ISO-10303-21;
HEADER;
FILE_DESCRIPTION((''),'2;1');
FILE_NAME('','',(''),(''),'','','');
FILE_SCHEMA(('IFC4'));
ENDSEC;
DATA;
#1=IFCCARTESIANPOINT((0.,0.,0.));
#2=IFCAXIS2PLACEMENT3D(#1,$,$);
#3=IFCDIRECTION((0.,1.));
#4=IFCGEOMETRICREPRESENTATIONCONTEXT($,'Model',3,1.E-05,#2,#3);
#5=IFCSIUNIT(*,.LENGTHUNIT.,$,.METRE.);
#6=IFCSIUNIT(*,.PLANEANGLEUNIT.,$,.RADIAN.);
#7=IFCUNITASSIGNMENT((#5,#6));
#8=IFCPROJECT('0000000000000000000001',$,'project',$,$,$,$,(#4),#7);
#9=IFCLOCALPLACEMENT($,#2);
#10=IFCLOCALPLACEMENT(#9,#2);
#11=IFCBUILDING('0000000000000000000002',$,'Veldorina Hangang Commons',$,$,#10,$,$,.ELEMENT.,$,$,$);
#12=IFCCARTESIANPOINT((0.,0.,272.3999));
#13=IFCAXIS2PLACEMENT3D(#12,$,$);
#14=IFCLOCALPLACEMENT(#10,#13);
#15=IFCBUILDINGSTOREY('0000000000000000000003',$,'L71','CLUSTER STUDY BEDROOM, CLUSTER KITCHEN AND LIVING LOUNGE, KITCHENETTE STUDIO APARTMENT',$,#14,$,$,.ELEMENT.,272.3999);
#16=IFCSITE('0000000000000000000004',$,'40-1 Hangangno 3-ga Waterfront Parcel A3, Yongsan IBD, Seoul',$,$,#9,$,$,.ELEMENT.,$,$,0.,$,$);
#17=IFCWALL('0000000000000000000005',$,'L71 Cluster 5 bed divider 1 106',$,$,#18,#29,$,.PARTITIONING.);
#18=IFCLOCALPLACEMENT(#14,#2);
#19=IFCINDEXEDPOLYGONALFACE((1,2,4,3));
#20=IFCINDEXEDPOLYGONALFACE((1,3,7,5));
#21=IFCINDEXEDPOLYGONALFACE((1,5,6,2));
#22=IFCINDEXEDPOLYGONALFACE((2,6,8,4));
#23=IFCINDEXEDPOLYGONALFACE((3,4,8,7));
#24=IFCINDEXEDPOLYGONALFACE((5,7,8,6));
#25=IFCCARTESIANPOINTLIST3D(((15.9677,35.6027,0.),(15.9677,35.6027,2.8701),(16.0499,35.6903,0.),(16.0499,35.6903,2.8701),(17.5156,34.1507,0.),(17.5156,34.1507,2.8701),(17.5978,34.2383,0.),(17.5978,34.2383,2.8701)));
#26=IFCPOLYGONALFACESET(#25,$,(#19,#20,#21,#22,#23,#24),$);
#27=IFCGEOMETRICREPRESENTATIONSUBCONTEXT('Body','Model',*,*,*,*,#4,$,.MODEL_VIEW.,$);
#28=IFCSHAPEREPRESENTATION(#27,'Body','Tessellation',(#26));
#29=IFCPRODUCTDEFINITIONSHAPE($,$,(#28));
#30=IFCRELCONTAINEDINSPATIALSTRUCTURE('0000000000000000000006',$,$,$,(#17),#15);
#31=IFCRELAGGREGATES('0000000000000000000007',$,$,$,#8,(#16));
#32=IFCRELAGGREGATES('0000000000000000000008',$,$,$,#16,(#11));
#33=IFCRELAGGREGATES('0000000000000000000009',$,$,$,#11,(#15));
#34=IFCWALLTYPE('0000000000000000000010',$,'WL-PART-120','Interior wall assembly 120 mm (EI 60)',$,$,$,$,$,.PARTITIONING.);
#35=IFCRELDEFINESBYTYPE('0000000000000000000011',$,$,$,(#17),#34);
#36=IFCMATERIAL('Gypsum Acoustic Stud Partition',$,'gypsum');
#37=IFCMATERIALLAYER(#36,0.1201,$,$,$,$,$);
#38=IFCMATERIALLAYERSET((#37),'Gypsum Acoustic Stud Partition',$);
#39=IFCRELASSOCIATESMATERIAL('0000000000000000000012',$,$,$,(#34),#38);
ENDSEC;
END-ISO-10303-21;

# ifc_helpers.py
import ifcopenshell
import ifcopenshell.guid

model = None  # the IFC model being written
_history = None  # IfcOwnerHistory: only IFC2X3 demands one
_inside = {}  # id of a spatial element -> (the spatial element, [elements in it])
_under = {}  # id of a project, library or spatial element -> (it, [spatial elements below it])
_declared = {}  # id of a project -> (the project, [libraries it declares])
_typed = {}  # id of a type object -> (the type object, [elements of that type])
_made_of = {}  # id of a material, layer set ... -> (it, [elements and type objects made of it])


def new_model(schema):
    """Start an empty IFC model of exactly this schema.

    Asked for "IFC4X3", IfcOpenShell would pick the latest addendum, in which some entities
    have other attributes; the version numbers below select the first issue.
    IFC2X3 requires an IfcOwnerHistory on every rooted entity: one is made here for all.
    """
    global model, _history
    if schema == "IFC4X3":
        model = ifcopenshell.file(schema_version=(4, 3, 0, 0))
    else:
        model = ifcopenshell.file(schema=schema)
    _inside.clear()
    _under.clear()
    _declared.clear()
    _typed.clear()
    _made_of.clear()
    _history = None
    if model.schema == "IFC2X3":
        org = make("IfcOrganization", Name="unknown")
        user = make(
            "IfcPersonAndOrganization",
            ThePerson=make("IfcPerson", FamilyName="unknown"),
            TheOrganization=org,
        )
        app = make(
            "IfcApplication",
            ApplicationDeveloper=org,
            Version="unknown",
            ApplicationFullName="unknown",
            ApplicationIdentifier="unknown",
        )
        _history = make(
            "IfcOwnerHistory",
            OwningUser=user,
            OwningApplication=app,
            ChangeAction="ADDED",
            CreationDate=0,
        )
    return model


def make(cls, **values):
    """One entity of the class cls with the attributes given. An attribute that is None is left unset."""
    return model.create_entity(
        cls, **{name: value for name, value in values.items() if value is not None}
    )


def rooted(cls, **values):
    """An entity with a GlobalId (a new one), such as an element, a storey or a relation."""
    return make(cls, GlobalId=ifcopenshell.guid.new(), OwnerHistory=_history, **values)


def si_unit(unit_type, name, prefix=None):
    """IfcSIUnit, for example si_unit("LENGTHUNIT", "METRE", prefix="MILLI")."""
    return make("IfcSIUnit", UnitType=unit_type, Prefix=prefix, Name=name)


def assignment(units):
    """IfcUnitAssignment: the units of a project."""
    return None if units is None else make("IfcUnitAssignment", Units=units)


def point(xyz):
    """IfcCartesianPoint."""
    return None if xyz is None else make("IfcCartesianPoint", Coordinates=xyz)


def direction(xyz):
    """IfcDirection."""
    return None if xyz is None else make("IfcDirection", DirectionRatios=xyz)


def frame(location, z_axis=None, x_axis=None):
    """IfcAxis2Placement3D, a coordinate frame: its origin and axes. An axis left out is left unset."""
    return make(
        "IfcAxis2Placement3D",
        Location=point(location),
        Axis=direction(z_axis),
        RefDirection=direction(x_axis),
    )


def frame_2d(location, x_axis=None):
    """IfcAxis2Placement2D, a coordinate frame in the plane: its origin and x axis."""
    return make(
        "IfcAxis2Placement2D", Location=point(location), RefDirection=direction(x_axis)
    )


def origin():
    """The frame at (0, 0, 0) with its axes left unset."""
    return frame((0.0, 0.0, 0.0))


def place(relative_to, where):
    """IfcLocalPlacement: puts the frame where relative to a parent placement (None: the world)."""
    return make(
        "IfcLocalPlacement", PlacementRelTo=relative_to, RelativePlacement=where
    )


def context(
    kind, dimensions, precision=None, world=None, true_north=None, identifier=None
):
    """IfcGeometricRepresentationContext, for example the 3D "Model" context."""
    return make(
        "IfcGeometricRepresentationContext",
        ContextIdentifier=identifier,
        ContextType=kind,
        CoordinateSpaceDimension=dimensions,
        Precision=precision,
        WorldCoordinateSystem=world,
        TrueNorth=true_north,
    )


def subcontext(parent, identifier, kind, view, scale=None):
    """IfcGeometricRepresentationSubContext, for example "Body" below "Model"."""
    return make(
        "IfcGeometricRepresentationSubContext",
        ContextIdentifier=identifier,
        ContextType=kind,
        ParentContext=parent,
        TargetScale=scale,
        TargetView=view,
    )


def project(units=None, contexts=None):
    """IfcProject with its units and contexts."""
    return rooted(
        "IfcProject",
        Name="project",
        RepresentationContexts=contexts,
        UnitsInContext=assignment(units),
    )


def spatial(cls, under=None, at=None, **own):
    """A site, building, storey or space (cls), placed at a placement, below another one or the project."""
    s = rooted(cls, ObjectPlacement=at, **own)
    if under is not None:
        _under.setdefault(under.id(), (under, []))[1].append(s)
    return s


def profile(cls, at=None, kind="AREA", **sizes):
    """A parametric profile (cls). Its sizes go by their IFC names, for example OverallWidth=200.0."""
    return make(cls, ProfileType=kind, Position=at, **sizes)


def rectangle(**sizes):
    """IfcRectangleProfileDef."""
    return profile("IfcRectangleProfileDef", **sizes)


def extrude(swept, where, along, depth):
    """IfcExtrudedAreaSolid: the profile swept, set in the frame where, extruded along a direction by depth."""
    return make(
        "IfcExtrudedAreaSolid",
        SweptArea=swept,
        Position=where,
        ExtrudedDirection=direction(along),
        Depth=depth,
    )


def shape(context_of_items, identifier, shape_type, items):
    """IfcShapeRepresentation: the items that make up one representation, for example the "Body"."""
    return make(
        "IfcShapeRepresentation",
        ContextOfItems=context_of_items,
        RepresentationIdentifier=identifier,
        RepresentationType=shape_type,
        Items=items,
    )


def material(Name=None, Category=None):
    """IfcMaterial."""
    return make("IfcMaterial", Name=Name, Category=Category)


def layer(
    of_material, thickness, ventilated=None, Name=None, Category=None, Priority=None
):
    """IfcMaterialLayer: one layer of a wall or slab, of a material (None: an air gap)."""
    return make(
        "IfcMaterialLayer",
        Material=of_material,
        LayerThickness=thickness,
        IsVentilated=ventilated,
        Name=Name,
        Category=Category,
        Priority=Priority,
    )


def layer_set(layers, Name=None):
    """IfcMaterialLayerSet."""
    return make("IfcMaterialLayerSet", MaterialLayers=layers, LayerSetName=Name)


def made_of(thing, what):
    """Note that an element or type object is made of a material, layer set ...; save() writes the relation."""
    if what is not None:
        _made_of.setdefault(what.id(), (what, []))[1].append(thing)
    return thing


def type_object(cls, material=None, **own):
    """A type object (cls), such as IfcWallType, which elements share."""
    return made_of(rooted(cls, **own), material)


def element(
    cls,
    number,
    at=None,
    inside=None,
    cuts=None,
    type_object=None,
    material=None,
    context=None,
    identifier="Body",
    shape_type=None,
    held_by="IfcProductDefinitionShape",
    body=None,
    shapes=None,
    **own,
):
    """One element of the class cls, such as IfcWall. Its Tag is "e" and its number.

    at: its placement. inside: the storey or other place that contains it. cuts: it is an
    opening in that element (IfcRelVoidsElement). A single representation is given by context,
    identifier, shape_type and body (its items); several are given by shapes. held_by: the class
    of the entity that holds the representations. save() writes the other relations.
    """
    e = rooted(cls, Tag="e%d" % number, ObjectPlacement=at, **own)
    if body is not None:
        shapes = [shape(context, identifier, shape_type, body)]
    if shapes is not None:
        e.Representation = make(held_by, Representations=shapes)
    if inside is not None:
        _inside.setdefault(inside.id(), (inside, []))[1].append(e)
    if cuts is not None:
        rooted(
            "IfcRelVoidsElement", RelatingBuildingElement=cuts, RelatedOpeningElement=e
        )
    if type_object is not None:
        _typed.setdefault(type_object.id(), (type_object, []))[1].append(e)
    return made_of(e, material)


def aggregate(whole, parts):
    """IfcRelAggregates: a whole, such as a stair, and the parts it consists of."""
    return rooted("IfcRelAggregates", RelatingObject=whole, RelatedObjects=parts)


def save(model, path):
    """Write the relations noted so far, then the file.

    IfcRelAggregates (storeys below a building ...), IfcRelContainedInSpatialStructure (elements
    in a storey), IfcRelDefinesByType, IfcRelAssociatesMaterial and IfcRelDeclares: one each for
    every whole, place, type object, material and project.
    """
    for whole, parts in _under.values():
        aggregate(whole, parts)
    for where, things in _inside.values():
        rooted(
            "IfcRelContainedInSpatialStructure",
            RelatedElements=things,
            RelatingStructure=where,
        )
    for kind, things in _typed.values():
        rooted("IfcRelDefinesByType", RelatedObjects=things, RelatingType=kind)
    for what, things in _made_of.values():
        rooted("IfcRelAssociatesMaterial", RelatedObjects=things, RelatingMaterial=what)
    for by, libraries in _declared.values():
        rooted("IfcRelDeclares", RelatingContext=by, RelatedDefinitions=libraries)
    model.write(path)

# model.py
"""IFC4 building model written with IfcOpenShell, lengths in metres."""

from ifc_helpers import new_model, si_unit, direction, frame, frame_2d, origin, place, context, subcontext, project, spatial, rectangle, extrude, material, layer, layer_set, type_object, element, save


model = new_model("IFC4")

# Units and contexts
model_context = context("Model", 3, precision=1e-05, world=origin(), true_north=direction((0.0, 1.0)))
body_context = subcontext(model_context, "Body", "Model", "MODEL_VIEW")
ifc_project = project(units=[si_unit("LENGTHUNIT", "METRE"), si_unit("PLANEANGLEUNIT", "RADIAN")], contexts=[model_context])

# Site, building, storey
site_placement = place(None, origin())
site = spatial("IfcSite", under=ifc_project, at=site_placement, Name="40-1 Hangangno 3-ga Waterfront Parcel A3, Yongsan IBD, Seoul", CompositionType="ELEMENT", RefElevation=0.0)
building_placement = place(site_placement, origin())
building = spatial("IfcBuilding", under=site, at=building_placement, Name="Veldorina Hangang Commons", CompositionType="ELEMENT")
storey_placement = place(building_placement, frame((0.0, 0.0, 272.3999)))
storey = spatial("IfcBuildingStorey", under=building, at=storey_placement, Name="L71", Description="CLUSTER STUDY BEDROOM, CLUSTER KITCHEN AND LIVING LOUNGE, KITCHENETTE STUDIO APARTMENT", CompositionType="ELEMENT", Elevation=272.3999)

# Shared definitions
ifc_material_1 = material(Name="Gypsum Acoustic Stud Partition", Category="gypsum")
ifc_layer_1 = layer(ifc_material_1, 0.1201)
ifc_layer_set_1 = layer_set([ifc_layer_1], Name="Gypsum Acoustic Stud Partition")
wall_type_1 = type_object("IfcWallType", Name="WL-PART-120", Description="Interior wall assembly 120 mm (EI 60)", PredefinedType="PARTITIONING", material=ifc_layer_set_1)

# Wall
wall_1_placement = place(storey_placement, frame((17.5566, 34.1946, 0.0), z_axis=(0.0, 0.0, 1.0), x_axis=(-0.729351, 0.68414, 0.0)))
element("IfcWall", 1, at=wall_1_placement, inside=storey, type_object=wall_type_1, Name="L71 Cluster 5 bed divider 1 106", PredefinedType="PARTITIONING", context=body_context, shape_type="SweptSolid", body=[
    extrude(rectangle(XDim=2.1223, YDim=0.1201, at=frame_2d((1.061, 0.0))), origin(), (0.0, 0.0, 1.0), 2.8701),
])

save(model, "model.ifc")
